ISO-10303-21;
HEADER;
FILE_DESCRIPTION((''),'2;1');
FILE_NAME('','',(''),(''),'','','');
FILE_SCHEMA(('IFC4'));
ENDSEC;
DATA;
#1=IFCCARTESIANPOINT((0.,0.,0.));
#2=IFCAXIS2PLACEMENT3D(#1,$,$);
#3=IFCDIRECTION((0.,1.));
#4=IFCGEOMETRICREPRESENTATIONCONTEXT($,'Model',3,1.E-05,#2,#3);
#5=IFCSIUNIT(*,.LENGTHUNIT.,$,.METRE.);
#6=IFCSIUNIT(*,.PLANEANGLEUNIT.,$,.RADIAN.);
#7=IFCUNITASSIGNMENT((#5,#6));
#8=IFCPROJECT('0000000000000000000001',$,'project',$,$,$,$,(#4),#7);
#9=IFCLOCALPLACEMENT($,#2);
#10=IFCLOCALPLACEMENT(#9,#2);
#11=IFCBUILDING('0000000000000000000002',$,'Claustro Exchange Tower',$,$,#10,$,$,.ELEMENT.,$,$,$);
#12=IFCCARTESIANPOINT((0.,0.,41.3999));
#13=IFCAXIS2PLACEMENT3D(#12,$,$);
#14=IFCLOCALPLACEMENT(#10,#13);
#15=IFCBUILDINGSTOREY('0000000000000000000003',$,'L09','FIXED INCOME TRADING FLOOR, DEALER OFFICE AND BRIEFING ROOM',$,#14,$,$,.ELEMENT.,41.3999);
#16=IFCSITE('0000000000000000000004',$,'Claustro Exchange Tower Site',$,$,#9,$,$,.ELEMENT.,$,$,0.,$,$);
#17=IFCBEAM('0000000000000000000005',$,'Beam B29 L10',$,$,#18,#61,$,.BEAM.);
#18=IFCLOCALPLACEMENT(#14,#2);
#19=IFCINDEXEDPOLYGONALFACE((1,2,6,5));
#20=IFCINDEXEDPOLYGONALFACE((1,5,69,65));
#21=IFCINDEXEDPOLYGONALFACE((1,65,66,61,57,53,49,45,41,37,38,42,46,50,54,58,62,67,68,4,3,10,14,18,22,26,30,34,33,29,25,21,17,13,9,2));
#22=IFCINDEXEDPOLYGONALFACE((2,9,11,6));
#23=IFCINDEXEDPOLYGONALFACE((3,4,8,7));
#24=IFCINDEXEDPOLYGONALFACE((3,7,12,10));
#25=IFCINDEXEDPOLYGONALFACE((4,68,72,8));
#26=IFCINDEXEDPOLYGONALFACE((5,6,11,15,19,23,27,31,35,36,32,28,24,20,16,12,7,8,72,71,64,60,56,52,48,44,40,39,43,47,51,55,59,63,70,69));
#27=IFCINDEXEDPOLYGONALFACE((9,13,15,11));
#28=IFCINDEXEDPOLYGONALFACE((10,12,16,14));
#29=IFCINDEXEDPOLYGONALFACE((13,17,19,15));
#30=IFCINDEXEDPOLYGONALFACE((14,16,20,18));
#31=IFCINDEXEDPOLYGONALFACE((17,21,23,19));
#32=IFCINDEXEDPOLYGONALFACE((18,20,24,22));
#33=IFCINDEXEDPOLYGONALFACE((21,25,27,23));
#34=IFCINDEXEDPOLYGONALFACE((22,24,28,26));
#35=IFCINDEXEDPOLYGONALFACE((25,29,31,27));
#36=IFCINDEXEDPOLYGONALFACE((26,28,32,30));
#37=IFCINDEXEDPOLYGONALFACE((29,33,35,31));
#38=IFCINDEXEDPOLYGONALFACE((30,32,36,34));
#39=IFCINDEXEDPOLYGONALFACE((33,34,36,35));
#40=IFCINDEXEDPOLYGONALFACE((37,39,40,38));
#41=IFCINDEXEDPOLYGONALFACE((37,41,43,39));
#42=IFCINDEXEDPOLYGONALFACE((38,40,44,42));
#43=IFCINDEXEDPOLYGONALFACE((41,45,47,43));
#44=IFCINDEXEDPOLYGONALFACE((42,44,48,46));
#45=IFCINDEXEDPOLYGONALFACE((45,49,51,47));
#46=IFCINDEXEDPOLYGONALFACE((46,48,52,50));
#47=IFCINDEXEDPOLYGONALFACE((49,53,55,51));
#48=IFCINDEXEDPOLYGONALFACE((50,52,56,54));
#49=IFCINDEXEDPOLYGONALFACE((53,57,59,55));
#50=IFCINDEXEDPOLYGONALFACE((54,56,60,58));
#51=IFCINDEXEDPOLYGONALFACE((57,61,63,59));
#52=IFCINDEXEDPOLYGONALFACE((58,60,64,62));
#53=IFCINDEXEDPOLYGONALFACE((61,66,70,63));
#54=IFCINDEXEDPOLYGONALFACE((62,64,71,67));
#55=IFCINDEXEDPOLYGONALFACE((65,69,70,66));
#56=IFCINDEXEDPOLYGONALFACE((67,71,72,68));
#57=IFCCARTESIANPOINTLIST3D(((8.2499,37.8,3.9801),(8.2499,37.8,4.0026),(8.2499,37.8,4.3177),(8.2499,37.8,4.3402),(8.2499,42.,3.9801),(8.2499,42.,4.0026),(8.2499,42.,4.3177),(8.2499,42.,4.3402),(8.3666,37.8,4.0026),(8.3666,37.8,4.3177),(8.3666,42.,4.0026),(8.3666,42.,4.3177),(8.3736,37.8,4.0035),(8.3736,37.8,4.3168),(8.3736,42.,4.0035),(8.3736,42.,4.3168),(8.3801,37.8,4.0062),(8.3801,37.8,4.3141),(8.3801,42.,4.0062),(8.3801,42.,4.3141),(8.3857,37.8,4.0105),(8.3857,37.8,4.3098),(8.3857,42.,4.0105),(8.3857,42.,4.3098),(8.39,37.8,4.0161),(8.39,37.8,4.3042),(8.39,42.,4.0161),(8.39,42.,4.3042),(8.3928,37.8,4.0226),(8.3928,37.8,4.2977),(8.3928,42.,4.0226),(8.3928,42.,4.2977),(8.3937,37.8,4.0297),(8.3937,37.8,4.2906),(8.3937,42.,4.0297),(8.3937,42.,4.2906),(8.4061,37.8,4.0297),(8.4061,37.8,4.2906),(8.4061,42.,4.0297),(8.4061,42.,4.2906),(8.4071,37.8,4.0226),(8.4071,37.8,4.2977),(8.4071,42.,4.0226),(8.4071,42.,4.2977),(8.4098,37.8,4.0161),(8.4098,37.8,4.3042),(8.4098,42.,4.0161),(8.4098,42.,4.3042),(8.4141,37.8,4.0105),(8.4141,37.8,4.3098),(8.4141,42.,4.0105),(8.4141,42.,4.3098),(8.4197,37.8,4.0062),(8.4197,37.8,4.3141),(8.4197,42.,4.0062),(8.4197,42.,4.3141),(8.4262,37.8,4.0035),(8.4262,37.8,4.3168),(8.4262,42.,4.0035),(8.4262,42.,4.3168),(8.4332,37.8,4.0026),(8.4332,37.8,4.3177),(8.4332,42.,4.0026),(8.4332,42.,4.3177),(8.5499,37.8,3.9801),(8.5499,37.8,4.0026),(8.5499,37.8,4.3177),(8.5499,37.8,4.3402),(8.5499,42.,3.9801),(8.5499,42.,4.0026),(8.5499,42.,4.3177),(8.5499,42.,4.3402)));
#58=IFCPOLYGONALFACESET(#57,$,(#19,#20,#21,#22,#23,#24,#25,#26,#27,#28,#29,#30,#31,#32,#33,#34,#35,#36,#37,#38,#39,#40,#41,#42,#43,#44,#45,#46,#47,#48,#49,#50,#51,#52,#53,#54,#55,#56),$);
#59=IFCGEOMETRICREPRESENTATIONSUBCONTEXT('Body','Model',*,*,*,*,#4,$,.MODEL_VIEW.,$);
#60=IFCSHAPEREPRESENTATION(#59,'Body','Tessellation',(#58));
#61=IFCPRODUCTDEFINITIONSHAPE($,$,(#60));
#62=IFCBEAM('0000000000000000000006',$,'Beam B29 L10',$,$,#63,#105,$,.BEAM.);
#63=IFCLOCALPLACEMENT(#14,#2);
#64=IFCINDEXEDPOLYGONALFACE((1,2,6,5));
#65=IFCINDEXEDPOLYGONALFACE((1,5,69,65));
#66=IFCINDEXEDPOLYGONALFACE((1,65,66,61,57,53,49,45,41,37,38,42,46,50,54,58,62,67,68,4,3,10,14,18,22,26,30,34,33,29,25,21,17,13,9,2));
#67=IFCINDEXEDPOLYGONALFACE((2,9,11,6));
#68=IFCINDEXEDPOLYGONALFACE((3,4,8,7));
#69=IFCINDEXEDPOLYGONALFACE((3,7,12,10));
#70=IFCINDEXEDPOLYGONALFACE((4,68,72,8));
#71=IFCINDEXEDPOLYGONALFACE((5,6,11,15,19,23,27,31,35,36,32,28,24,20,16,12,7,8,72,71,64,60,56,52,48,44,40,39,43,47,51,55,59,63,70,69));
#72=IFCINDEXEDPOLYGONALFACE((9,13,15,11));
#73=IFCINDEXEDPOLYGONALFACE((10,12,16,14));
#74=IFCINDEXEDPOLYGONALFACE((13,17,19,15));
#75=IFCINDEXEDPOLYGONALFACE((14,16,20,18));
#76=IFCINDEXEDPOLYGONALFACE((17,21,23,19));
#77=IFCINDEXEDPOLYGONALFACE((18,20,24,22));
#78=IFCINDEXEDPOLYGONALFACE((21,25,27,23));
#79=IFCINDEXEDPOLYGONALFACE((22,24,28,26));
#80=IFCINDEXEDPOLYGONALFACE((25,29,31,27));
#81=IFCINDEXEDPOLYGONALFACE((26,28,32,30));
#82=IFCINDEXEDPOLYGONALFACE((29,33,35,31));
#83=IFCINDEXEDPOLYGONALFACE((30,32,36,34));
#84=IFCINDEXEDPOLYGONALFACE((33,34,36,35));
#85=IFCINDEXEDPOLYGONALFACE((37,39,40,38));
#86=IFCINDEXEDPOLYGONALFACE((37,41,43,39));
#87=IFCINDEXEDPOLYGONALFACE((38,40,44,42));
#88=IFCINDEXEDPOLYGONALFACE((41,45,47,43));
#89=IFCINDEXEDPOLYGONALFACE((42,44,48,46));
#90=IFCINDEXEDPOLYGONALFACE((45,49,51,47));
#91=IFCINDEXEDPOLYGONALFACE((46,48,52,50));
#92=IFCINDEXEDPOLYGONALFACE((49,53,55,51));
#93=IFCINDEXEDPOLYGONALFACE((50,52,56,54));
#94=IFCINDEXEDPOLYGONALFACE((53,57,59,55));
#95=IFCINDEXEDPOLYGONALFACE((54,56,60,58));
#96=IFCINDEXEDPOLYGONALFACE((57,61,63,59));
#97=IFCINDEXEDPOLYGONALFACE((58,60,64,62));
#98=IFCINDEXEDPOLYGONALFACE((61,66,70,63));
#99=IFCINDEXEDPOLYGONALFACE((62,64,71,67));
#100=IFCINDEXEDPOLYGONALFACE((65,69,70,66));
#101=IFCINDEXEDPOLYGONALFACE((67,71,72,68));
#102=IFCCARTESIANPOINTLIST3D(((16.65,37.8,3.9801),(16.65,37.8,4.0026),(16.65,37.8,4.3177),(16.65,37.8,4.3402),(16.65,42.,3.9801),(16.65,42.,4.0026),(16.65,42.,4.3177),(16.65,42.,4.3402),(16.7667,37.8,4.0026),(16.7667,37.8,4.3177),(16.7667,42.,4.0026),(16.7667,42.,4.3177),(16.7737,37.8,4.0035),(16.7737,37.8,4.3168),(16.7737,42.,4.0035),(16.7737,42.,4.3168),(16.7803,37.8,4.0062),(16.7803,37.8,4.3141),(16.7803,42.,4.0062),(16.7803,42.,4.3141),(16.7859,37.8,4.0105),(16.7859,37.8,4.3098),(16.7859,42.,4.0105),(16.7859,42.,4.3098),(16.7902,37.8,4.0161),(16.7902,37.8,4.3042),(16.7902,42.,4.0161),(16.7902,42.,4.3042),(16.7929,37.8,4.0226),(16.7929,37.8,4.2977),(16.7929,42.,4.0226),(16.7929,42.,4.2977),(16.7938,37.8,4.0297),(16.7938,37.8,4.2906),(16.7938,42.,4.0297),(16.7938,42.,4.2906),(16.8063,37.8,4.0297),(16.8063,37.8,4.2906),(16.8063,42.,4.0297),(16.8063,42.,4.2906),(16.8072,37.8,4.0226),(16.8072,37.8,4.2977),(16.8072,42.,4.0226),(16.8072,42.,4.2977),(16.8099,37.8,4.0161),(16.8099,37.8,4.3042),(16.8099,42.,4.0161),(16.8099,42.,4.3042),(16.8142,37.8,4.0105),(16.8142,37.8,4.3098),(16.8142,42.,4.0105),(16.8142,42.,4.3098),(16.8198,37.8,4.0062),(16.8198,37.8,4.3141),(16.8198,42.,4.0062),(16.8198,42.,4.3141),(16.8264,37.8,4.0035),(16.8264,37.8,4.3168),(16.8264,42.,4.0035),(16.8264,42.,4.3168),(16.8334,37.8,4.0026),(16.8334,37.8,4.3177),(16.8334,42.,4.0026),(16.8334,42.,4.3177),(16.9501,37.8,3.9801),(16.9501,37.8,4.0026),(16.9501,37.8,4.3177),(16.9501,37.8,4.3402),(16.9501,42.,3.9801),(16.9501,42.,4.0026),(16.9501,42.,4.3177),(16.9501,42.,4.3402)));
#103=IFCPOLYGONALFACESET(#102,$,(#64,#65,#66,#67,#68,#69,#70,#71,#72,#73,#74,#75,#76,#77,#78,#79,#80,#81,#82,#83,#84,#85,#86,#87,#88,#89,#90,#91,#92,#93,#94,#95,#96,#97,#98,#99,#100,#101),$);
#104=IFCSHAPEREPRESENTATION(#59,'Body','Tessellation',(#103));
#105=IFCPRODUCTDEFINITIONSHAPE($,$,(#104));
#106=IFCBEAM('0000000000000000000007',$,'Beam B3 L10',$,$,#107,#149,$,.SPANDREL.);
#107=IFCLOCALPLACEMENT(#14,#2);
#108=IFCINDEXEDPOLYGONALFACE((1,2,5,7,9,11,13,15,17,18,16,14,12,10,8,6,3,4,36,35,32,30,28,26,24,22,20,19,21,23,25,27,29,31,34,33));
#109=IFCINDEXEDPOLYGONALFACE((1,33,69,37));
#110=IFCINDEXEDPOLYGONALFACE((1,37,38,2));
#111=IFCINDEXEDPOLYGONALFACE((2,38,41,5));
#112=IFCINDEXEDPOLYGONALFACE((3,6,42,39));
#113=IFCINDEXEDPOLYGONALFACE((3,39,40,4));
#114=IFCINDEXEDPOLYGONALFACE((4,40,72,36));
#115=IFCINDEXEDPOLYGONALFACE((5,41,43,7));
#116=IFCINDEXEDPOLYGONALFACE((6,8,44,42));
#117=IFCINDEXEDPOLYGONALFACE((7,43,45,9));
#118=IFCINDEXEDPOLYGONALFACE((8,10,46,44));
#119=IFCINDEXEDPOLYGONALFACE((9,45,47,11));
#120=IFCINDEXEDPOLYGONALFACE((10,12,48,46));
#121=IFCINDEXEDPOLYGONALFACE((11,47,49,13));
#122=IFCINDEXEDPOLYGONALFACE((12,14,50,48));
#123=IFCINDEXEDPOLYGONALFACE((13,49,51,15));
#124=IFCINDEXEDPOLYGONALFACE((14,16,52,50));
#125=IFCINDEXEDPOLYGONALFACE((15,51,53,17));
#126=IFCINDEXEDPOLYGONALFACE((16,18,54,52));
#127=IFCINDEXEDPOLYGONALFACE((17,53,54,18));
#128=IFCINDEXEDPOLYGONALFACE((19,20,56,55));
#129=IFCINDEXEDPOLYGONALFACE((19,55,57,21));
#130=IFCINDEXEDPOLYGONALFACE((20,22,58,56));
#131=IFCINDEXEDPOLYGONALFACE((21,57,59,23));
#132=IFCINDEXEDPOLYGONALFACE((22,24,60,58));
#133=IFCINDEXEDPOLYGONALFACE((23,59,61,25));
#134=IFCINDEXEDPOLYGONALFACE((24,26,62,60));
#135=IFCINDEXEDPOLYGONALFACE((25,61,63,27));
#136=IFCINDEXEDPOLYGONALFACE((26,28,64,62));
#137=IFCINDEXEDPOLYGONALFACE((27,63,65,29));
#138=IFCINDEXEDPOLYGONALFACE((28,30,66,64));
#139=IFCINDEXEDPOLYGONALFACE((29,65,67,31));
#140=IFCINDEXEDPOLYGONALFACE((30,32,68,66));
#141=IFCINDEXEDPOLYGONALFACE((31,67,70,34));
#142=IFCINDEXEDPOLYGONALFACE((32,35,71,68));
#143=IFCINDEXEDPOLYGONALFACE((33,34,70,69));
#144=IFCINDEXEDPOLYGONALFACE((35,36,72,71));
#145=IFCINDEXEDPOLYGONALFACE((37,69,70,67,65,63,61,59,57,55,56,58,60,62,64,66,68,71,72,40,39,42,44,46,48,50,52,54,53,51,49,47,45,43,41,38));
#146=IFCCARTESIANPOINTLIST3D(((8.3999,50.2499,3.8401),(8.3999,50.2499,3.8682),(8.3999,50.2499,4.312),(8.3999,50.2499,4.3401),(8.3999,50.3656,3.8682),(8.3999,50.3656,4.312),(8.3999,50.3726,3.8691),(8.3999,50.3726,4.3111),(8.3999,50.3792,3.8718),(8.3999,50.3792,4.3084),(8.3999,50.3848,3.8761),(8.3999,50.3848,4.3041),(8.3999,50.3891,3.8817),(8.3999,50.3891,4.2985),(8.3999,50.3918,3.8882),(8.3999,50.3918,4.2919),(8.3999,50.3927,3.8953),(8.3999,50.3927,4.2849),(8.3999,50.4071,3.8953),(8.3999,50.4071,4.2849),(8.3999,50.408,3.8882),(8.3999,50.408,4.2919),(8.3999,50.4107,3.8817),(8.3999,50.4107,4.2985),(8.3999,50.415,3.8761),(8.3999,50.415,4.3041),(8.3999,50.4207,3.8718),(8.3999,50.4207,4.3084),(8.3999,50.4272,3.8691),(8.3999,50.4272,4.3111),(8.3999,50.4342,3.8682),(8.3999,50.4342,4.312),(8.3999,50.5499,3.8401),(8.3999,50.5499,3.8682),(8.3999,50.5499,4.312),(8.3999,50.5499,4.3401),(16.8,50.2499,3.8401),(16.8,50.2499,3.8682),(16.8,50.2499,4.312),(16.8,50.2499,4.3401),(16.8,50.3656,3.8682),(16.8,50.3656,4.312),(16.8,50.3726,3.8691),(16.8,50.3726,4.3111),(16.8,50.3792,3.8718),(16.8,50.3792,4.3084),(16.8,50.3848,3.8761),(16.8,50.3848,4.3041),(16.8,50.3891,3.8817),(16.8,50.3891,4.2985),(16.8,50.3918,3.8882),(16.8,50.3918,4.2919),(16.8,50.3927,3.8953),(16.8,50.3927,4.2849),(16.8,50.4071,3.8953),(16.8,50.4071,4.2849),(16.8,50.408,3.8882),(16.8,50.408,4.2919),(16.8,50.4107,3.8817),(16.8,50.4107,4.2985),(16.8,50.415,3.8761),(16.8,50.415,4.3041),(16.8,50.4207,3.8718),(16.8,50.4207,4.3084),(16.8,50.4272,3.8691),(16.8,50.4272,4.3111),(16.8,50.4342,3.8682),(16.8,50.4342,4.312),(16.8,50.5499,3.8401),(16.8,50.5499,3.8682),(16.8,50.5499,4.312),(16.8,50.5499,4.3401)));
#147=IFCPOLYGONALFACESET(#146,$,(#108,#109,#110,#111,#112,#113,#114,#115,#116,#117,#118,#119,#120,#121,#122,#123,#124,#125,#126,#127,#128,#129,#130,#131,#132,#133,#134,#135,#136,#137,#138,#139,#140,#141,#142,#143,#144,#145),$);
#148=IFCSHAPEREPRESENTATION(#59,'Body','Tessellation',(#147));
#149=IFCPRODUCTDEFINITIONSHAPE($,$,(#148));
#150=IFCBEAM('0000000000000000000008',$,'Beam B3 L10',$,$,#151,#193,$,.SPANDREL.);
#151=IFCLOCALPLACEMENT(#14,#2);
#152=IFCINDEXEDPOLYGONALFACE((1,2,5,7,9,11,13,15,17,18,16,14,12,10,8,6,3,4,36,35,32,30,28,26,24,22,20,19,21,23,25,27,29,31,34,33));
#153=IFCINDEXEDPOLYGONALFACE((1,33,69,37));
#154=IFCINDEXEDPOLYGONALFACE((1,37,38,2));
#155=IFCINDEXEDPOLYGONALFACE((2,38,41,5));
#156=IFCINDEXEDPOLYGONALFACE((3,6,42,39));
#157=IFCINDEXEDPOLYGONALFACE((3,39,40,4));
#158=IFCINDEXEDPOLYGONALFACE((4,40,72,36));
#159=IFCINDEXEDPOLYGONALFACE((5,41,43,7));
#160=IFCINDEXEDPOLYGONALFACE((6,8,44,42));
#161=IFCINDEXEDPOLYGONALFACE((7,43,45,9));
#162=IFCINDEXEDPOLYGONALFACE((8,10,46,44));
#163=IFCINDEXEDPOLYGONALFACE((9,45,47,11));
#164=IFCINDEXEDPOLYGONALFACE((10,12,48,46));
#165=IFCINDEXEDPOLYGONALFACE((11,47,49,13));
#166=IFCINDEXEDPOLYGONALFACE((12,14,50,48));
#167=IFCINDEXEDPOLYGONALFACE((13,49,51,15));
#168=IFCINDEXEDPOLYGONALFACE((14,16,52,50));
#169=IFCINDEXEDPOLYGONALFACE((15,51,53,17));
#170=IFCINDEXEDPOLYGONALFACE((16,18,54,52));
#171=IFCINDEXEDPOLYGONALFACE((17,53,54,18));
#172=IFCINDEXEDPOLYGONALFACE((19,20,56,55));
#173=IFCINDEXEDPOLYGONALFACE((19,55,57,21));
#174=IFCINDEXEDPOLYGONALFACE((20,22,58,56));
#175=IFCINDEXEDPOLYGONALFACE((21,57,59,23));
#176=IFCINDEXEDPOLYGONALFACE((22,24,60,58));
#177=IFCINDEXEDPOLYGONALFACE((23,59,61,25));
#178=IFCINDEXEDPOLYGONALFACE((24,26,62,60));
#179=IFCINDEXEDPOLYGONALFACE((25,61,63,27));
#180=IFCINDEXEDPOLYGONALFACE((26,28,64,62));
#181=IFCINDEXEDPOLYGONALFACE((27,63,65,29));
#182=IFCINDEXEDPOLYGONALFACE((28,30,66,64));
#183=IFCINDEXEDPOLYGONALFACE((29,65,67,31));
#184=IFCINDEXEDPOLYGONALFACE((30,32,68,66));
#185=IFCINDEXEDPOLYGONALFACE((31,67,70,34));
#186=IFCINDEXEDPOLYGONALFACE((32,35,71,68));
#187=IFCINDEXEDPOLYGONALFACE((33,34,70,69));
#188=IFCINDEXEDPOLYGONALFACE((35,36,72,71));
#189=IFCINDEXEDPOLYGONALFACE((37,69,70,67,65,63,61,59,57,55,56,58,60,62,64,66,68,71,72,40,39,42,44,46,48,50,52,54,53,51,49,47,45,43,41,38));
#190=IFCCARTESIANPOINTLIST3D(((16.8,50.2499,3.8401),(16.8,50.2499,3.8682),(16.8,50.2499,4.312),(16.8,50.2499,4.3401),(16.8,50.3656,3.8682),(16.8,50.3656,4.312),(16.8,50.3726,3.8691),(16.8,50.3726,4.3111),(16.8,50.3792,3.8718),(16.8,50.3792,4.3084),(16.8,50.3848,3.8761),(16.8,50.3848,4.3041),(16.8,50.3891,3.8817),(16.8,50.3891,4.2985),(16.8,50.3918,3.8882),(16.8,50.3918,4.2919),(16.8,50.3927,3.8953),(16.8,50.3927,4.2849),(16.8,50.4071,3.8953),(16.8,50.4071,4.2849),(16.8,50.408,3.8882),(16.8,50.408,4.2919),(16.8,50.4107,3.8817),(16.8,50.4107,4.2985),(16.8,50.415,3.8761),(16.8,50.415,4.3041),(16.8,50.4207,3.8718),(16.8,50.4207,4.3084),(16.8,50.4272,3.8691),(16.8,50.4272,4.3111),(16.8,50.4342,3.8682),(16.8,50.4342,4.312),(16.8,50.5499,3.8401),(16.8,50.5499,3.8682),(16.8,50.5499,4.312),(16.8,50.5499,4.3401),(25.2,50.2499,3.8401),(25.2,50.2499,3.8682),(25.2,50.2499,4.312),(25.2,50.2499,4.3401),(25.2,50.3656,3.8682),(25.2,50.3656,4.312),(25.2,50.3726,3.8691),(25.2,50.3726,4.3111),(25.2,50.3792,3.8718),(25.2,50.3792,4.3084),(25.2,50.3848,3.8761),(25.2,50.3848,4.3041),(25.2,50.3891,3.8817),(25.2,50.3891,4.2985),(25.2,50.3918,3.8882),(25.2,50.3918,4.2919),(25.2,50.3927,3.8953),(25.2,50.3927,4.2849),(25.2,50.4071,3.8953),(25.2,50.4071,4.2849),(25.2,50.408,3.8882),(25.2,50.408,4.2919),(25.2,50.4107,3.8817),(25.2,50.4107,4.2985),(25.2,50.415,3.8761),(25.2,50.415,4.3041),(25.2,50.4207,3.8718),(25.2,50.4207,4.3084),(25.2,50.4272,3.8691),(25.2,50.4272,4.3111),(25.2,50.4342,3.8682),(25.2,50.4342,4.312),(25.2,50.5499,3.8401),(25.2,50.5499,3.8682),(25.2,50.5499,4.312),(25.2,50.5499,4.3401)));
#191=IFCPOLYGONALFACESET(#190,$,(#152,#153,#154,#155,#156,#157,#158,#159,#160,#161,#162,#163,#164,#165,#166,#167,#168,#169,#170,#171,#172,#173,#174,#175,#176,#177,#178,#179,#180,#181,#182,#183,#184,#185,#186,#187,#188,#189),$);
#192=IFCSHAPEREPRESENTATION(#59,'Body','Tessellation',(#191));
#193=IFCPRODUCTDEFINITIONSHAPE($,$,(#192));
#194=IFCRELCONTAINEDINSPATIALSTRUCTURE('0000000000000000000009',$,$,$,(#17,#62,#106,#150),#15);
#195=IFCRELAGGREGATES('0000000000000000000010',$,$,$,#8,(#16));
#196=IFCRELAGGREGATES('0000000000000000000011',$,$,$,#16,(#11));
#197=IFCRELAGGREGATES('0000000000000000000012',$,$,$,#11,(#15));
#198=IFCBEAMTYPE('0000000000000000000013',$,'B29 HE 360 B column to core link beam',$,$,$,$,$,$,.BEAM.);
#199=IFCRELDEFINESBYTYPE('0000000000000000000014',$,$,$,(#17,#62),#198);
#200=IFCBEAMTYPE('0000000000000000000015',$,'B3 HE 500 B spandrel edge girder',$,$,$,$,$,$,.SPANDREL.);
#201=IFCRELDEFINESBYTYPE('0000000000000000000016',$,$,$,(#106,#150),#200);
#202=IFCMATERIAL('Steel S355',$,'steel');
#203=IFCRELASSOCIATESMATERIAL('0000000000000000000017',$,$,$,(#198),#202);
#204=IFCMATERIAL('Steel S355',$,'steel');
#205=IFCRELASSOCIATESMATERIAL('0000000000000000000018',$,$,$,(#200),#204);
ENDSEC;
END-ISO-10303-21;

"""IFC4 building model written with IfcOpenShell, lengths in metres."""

from ifc_helpers import new_model, si_unit, direction, frame, origin, origin_2d, place, context, subcontext, project, spatial, i_section, extrude, material, material_profile, profile_set, type_object, element, save


model = new_model("IFC4")

# Units and contexts
model_context = context("Model", 3, precision=1e-05, world=origin(), true_north=direction((0.0, 1.0)))
body_context = subcontext(model_context, "Body", "Model", "MODEL_VIEW")
ifc_project = project(units=[si_unit("LENGTHUNIT", "METRE"), si_unit("PLANEANGLEUNIT", "RADIAN")], contexts=[model_context])

# Site, building, storey
site_placement = place(None, origin())
site = spatial("IfcSite", under=ifc_project, at=site_placement, Name="Claustro Exchange Tower Site", CompositionType="ELEMENT", RefElevation=0.0)
building_placement = place(site_placement, origin())
building = spatial("IfcBuilding", under=site, at=building_placement, Name="Claustro Exchange Tower", CompositionType="ELEMENT")
storey_placement = place(building_placement, frame((0.0, 0.0, 41.3999)))
storey = spatial("IfcBuildingStorey", under=building, at=storey_placement, Name="L09", Description="FIXED INCOME TRADING FLOOR, DEALER OFFICE AND BRIEFING ROOM", CompositionType="ELEMENT", Elevation=41.3999)

# Beams
ifc_material_1 = material(Name="Steel S355", Category="steel")
ifc_material_profile_1 = material_profile(ifc_material_1, i_section(OverallWidth=0.3, OverallDepth=0.3601, WebThickness=0.0125, FlangeThickness=0.0225, FilletRadius=0.0271, at=origin_2d()), Name="HE 360 B")
ifc_profile_set_1 = profile_set([ifc_material_profile_1], Name="Steel S355")
beam_type_1 = type_object("IfcBeamType", Name="B29 HE 360 B column to core link beam", PredefinedType="BEAM", material=ifc_profile_set_1)
for number, where, z_axis, x_axis, name in (
    (1, (8.3999, 37.8, 4.1602), (0.0, 1.0, 0.0), (-1.0, 0.0, 0.0), "Beam B29 L10"),
    (2, (16.8, 37.8, 4.1602), (0.0, 1.0, 0.0), (-1.0, 0.0, 0.0), "Beam B29 L10"),
):
    element("IfcBeam", number, at=place(storey_placement, frame(where, z_axis=z_axis, x_axis=x_axis)), inside=storey, type_object=beam_type_1, Name=name, PredefinedType="BEAM", context=body_context, shape_type="SweptSolid", body=[
        extrude(i_section(OverallWidth=0.3, OverallDepth=0.3601, WebThickness=0.0125, FlangeThickness=0.0225, FilletRadius=0.0271, at=origin_2d()), origin(), (0.0, 0.0, 1.0), 4.2),
    ])
ifc_material_2 = material(Name="Steel S355", Category="steel")
ifc_material_profile_2 = material_profile(ifc_material_2, i_section(OverallWidth=0.3, OverallDepth=0.5, WebThickness=0.0144, FlangeThickness=0.0281, FilletRadius=0.0271, at=origin_2d()), Name="HE 500 B")
ifc_profile_set_2 = profile_set([ifc_material_profile_2], Name="Steel S355")
beam_type_2 = type_object("IfcBeamType", Name="B3 HE 500 B spandrel edge girder", PredefinedType="SPANDREL", material=ifc_profile_set_2)
beam_1_placement = place(storey_placement, frame((8.3999, 50.3999, 4.0901), z_axis=(1.0, 0.0, 0.0), x_axis=(0.0, 1.0, 0.0)))
element("IfcBeam", 3, at=beam_1_placement, inside=storey, type_object=beam_type_2, Name="Beam B3 L10", PredefinedType="SPANDREL", context=body_context, shape_type="SweptSolid", body=[
    extrude(i_section(OverallWidth=0.3, OverallDepth=0.5, WebThickness=0.0144, FlangeThickness=0.0281, FilletRadius=0.0271, at=origin_2d()), origin(), (0.0, 0.0, 1.0), 8.4001),
])
beam_2_placement = place(storey_placement, frame((16.8, 50.3999, 4.0901), z_axis=(1.0, 0.0, 0.0), x_axis=(0.0, 1.0, 0.0)))
element("IfcBeam", 4, at=beam_2_placement, inside=storey, type_object=beam_type_2, Name="Beam B3 L10", PredefinedType="SPANDREL", context=body_context, shape_type="SweptSolid", body=[
    extrude(i_section(OverallWidth=0.3, OverallDepth=0.5, WebThickness=0.0144, FlangeThickness=0.0281, FilletRadius=0.0271, at=origin_2d()), origin(), (0.0, 0.0, 1.0), 8.3999),
])

save(model, "model.ifc")
